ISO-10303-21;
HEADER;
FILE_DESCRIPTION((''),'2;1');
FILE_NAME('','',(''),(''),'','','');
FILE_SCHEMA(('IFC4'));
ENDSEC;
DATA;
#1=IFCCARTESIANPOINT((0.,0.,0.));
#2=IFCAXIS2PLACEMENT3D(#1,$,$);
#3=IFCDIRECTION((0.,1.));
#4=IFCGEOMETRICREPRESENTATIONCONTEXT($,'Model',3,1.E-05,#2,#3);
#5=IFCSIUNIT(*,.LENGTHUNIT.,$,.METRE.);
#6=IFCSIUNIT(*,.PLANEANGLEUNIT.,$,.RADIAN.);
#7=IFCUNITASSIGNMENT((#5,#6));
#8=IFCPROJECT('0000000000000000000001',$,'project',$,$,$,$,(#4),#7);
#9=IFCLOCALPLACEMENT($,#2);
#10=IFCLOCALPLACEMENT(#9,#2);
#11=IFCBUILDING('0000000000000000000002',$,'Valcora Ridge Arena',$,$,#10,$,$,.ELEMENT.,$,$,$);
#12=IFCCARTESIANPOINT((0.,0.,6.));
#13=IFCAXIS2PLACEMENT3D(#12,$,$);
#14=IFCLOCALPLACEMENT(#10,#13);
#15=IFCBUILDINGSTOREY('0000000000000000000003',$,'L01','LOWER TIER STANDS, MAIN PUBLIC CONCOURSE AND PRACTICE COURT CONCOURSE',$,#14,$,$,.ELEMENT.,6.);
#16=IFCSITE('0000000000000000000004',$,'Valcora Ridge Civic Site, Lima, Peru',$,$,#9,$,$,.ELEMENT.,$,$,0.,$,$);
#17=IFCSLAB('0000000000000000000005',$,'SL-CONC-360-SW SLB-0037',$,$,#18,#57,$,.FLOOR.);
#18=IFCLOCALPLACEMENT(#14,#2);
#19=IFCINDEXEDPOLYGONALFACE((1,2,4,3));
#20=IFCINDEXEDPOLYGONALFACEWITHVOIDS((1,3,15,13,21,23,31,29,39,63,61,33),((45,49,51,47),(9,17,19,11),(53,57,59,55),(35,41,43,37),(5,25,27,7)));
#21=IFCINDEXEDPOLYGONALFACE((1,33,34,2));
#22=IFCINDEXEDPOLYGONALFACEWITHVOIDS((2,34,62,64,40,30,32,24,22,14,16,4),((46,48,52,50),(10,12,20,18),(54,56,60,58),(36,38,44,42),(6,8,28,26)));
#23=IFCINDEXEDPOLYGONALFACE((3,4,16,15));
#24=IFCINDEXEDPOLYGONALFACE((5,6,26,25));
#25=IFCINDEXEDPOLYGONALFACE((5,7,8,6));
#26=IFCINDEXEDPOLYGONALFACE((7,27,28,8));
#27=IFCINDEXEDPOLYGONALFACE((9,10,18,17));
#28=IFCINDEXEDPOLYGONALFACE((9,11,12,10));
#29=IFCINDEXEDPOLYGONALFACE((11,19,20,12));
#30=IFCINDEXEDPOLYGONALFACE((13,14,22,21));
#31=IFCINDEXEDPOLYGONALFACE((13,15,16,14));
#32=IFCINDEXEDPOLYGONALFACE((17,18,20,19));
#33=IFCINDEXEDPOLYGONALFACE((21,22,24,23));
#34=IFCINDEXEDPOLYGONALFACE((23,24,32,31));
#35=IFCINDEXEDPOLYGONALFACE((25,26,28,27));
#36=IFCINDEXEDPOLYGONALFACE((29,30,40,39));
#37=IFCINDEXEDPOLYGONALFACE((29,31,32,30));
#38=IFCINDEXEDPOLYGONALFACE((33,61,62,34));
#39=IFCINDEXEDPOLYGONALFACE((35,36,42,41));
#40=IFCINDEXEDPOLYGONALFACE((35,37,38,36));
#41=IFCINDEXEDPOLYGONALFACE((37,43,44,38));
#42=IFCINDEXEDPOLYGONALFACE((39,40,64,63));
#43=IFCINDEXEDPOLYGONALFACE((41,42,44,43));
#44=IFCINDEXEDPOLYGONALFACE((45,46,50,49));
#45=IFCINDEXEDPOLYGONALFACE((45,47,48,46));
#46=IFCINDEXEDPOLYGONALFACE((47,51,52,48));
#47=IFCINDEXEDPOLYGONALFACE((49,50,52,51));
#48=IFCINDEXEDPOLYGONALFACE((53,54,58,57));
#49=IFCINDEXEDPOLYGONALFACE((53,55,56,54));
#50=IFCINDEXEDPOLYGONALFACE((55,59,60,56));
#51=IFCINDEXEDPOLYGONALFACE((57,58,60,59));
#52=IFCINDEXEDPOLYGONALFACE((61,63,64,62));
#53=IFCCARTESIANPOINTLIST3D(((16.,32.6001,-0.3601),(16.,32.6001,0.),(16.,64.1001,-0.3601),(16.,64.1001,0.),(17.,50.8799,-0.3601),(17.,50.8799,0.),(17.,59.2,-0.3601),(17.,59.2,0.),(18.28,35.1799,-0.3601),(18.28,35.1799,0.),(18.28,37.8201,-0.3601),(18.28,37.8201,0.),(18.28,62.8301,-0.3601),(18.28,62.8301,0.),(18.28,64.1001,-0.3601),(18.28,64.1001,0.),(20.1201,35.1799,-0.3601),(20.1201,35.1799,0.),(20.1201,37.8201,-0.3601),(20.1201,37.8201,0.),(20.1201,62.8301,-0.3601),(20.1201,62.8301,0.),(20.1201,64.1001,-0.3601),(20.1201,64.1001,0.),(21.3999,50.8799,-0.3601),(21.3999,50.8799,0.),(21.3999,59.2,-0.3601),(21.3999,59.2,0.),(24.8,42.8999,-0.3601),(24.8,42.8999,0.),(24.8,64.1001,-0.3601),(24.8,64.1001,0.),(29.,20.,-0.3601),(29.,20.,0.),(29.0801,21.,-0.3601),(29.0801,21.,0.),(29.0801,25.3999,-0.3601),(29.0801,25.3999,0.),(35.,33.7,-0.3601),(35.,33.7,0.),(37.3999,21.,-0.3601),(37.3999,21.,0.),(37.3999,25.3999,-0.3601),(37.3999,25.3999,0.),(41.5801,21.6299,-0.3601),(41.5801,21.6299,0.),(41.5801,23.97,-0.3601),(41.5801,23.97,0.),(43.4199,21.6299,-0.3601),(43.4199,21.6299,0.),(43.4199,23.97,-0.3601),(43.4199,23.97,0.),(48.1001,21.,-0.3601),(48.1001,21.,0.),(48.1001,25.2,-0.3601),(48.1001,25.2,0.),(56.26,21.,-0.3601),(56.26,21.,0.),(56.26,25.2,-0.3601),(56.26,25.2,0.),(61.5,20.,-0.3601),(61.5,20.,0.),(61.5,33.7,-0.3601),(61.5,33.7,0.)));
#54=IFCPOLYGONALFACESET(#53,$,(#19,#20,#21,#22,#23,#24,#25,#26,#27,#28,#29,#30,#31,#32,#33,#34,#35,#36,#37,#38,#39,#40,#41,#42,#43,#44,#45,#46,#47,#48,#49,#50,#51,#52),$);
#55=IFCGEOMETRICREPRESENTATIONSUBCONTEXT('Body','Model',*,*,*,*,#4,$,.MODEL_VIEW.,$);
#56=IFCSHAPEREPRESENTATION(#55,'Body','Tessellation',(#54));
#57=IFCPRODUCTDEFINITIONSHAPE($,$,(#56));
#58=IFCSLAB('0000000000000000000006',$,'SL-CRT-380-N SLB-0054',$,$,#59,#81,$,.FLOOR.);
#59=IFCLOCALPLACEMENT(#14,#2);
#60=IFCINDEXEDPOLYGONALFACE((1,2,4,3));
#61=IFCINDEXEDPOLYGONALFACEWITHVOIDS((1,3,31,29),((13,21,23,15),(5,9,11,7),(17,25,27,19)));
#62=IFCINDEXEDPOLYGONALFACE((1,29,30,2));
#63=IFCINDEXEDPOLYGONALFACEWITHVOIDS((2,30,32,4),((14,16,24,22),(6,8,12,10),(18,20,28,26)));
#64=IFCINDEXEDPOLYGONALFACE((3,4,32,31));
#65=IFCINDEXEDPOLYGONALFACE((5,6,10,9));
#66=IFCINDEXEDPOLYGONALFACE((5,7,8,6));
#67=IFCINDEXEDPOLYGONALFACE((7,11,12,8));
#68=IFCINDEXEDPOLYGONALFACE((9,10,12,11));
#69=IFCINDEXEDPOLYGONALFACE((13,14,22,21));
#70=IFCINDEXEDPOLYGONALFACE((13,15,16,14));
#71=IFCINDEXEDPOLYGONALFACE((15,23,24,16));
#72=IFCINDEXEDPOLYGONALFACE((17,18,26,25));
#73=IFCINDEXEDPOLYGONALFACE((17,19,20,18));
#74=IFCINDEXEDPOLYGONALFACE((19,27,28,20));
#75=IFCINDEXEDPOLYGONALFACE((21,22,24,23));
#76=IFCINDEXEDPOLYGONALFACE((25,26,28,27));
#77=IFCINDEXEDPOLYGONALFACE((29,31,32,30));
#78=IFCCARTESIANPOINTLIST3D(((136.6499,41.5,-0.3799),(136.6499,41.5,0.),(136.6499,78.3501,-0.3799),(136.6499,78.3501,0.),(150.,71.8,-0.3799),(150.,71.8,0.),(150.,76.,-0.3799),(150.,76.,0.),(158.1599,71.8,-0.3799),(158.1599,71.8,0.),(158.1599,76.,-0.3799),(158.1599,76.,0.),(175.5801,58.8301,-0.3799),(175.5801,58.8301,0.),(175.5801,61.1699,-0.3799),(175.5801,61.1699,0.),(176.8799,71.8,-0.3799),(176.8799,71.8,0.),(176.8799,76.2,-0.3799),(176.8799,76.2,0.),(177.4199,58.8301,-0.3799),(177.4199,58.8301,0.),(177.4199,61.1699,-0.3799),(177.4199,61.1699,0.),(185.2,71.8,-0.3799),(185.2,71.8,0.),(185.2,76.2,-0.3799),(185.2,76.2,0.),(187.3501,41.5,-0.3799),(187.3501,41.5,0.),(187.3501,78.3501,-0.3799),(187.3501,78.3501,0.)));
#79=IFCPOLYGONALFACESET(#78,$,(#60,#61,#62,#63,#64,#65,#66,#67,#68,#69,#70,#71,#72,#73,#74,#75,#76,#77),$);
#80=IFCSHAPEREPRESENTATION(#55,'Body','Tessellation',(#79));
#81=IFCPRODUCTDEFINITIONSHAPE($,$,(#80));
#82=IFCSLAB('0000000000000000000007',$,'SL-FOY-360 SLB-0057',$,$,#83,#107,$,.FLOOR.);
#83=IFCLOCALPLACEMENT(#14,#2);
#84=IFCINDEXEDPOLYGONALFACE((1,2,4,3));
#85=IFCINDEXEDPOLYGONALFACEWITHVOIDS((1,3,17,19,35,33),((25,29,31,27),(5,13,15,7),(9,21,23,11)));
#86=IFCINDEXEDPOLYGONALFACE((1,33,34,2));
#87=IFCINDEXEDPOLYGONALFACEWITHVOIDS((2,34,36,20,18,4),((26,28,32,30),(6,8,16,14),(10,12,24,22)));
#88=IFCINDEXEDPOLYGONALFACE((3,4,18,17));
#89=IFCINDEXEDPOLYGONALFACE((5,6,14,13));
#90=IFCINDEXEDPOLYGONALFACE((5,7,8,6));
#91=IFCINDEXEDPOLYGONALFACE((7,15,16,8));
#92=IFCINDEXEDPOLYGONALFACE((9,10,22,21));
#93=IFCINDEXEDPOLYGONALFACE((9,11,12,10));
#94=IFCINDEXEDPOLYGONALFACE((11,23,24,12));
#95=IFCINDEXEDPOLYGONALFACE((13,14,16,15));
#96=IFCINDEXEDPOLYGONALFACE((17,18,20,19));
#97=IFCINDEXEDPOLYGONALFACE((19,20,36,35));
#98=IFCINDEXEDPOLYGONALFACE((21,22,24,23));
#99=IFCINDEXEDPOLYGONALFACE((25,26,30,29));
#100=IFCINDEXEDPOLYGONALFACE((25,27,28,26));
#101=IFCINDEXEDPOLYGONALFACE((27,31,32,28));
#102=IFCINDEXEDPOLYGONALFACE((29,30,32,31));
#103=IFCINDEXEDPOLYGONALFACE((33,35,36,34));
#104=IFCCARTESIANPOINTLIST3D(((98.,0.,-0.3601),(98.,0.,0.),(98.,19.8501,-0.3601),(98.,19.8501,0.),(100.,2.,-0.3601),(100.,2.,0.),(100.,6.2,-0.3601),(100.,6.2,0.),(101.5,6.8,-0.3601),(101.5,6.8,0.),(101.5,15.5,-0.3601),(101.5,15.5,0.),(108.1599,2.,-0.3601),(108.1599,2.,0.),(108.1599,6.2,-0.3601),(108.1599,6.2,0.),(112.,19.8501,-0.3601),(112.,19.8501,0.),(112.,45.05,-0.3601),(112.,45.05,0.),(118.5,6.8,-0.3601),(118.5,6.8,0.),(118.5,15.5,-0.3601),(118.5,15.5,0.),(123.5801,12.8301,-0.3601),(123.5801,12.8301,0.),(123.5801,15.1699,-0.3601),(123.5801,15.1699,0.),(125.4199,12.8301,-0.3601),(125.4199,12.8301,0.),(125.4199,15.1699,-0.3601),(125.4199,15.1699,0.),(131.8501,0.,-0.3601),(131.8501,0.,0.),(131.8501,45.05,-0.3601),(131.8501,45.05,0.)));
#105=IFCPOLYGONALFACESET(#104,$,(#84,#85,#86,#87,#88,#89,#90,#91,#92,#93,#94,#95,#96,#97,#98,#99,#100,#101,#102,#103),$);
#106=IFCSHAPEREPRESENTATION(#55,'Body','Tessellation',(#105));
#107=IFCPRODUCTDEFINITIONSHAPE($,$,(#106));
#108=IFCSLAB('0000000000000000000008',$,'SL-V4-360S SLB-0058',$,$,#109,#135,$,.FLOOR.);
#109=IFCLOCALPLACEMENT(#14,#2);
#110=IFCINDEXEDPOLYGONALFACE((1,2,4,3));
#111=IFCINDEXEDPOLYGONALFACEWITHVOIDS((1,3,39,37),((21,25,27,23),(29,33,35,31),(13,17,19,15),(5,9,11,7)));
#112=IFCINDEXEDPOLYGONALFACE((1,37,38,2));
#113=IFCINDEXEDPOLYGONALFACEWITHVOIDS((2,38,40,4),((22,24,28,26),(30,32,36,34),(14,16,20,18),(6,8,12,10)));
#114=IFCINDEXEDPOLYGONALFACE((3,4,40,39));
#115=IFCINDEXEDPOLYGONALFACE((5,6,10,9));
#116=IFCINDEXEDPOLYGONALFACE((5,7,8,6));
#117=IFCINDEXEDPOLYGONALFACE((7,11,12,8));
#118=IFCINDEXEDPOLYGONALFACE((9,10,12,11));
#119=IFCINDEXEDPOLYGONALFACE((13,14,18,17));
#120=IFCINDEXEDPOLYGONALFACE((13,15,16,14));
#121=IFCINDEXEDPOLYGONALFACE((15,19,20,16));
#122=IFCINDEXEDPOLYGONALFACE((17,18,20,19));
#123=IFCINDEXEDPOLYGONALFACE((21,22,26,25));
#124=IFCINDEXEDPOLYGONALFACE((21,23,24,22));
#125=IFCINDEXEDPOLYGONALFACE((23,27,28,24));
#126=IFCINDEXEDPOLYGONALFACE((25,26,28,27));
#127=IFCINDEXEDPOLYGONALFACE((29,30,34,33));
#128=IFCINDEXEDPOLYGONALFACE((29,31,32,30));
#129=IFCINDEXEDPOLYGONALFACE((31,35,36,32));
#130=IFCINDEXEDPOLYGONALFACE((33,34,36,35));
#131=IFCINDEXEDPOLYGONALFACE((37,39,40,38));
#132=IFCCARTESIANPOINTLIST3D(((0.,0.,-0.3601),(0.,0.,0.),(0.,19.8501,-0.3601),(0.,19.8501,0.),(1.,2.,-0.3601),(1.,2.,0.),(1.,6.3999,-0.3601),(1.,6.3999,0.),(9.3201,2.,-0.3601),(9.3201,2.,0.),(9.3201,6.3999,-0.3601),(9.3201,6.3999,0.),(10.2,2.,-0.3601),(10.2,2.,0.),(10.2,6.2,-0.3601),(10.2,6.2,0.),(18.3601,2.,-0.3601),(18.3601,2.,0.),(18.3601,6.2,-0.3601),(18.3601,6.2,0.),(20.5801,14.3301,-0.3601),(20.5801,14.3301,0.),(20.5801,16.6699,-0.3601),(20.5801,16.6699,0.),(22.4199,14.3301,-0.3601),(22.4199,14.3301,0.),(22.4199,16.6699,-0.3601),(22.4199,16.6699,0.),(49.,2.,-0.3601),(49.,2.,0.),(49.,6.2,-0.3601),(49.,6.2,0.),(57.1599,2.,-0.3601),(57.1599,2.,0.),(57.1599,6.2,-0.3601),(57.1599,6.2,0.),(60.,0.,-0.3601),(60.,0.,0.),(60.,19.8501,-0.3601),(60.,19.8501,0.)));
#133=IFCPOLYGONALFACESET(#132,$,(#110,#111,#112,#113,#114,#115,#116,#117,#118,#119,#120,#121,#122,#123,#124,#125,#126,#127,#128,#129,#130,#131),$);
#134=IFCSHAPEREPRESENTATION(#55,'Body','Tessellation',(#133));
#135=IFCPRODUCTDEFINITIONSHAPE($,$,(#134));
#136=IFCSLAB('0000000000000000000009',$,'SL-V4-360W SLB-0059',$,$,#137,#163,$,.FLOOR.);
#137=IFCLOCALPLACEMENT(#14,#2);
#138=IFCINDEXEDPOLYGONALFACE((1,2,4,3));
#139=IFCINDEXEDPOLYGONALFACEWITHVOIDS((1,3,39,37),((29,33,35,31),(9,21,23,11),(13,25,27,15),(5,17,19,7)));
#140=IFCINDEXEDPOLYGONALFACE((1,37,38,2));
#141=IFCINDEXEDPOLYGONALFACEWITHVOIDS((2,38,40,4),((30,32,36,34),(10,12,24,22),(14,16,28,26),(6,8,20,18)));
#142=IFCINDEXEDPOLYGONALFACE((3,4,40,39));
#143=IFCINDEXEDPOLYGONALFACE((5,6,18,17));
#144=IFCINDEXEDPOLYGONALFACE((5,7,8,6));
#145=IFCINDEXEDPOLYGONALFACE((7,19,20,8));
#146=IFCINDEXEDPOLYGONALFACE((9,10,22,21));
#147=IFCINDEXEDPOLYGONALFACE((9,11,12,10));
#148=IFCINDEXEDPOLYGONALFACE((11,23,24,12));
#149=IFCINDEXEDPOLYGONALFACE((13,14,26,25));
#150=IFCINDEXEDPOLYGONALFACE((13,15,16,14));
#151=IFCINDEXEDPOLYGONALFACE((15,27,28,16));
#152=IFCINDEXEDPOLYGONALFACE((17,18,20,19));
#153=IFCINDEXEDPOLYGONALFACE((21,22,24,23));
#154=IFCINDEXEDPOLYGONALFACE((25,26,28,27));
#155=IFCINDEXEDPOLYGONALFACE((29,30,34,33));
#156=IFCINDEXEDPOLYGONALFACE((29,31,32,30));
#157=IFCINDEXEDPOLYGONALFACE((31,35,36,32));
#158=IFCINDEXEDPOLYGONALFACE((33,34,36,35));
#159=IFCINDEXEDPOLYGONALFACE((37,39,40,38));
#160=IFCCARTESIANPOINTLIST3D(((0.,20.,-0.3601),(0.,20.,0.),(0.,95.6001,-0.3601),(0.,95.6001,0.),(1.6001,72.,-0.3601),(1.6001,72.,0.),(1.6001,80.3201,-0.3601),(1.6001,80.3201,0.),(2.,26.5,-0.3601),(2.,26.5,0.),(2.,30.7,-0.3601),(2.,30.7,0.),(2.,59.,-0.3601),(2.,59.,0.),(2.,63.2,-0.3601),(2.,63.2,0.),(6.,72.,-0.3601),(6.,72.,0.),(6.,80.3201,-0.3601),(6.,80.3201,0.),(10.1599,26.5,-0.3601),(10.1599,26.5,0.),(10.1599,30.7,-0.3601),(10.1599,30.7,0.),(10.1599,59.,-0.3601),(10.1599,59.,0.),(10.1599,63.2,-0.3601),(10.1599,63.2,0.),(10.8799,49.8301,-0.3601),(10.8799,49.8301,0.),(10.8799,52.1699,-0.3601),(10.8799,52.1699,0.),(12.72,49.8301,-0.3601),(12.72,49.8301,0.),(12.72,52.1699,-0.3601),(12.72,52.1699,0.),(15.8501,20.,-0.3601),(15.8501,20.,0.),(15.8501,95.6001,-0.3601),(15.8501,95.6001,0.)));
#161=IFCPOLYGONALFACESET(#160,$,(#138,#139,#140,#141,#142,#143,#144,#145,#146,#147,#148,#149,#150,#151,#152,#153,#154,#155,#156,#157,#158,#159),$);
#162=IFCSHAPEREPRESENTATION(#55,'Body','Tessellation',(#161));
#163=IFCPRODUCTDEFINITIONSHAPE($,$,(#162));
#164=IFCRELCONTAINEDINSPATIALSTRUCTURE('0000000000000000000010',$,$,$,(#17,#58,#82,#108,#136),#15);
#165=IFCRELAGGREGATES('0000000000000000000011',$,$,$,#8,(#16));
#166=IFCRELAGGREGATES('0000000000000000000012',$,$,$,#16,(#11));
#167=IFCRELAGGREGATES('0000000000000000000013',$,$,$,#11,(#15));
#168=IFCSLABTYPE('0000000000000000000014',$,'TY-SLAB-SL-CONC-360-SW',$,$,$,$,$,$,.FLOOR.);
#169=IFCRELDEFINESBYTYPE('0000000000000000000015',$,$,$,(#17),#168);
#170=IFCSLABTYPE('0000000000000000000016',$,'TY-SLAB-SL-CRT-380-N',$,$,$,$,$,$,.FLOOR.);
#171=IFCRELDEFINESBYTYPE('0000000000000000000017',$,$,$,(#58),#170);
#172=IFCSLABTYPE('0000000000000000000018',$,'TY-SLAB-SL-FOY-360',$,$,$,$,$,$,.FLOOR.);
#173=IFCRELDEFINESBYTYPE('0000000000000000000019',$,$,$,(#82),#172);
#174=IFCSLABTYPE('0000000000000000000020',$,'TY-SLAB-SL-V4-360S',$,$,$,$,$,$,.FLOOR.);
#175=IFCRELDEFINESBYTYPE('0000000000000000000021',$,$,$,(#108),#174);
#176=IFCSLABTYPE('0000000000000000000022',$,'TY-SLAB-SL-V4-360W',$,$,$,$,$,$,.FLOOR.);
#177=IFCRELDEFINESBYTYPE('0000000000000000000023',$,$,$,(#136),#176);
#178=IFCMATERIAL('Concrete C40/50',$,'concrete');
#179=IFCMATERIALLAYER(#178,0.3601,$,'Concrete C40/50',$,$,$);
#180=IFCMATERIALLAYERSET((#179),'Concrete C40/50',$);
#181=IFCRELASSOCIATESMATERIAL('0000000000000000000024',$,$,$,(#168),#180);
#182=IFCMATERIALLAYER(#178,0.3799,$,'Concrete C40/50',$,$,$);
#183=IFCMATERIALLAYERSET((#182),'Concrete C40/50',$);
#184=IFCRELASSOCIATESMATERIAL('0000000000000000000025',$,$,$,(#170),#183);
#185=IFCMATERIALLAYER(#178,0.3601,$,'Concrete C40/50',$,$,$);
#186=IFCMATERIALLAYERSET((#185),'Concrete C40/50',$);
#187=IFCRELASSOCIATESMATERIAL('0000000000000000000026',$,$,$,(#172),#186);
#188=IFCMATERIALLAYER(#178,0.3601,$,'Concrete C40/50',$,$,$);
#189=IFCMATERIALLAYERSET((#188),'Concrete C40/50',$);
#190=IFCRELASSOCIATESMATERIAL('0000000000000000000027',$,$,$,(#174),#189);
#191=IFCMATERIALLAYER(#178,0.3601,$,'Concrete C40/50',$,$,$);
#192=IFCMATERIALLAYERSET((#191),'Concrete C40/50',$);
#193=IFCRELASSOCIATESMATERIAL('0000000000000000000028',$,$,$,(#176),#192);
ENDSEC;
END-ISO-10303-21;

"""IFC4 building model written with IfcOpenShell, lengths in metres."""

from ifc_helpers import new_model, si_unit, direction, frame, origin, place, context, subcontext, project, spatial, polyline, outline, extrude, material, layer, layer_set, type_object, element, save


model = new_model("IFC4")

# Units and contexts
model_context = context("Model", 3, precision=1e-05, world=origin(), true_north=direction((0.0, 1.0)))
body_context = subcontext(model_context, "Body", "Model", "MODEL_VIEW")
ifc_project = project(units=[si_unit("LENGTHUNIT", "METRE"), si_unit("PLANEANGLEUNIT", "RADIAN")], contexts=[model_context])

# Site, building, storey
site_placement = place(None, origin())
site = spatial("IfcSite", under=ifc_project, at=site_placement, Name="Valcora Ridge Civic Site, Lima, Peru", CompositionType="ELEMENT", RefElevation=0.0)
building_placement = place(site_placement, origin())
building = spatial("IfcBuilding", under=site, at=building_placement, Name="Valcora Ridge Arena", CompositionType="ELEMENT")
storey_placement = place(building_placement, frame((0.0, 0.0, 6.0)))
storey = spatial("IfcBuildingStorey", under=building, at=storey_placement, Name="L01", Description="LOWER TIER STANDS, MAIN PUBLIC CONCOURSE AND PRACTICE COURT CONCOURSE", CompositionType="ELEMENT", Elevation=6.0)

# Slabs
ifc_material_1 = material(Name="Concrete C40/50", Category="concrete")
ifc_layer_1 = layer(ifc_material_1, 0.3601, Name="Concrete C40/50")
ifc_layer_set_1 = layer_set([ifc_layer_1], Name="Concrete C40/50")
slab_type_1 = type_object("IfcSlabType", Name="TY-SLAB-SL-CONC-360-SW", PredefinedType="FLOOR", material=ifc_layer_set_1)
slab_1_placement = place(storey_placement, frame((0.0, 0.0, -0.3601)))
element("IfcSlab", 1, at=slab_1_placement, inside=storey, type_object=slab_type_1, Name="SL-CONC-360-SW SLB-0037", PredefinedType="FLOOR", context=body_context, shape_type="SweptSolid", body=[
    extrude(outline(polyline([(16.0, 64.1001), (16.0, 32.6001), (29.0, 20.0), (61.5, 20.0), (61.5, 33.7), (35.0, 33.7), (24.8, 42.8999), (24.8, 64.1001), (20.1201, 64.1001), (20.1201, 62.8301), (18.28, 62.8301), (18.28, 64.1001), (16.0, 64.1001)]), holes=[polyline([(48.1001, 21.0), (56.26, 21.0), (56.26, 25.2), (48.1001, 25.2), (48.1001, 21.0)]), polyline([(29.0801, 25.3999), (29.0801, 21.0), (37.3999, 21.0), (37.3999, 25.3999), (29.0801, 25.3999)]), polyline([(17.0, 50.8799), (21.3999, 50.8799), (21.3999, 59.2), (17.0, 59.2), (17.0, 50.8799)]), polyline([(43.4199, 23.97), (41.5801, 23.97), (41.5801, 21.6299), (43.4199, 21.6299), (43.4199, 23.97)]), polyline([(20.1201, 37.8201), (18.28, 37.8201), (18.28, 35.1799), (20.1201, 35.1799), (20.1201, 37.8201)])]), origin(), (0.0, 0.0, 1.0), 0.3601),
])
ifc_layer_2 = layer(ifc_material_1, 0.3799, Name="Concrete C40/50")
ifc_layer_set_2 = layer_set([ifc_layer_2], Name="Concrete C40/50")
slab_type_2 = type_object("IfcSlabType", Name="TY-SLAB-SL-CRT-380-N", PredefinedType="FLOOR", material=ifc_layer_set_2)
slab_2_placement = place(storey_placement, frame((0.0, 0.0, -0.3799)))
element("IfcSlab", 2, at=slab_2_placement, inside=storey, type_object=slab_type_2, Name="SL-CRT-380-N SLB-0054", PredefinedType="FLOOR", context=body_context, shape_type="SweptSolid", body=[
    extrude(outline(polyline([(187.3501, 78.3501), (136.6499, 78.3501), (136.6499, 41.5), (187.3501, 41.5), (187.3501, 78.3501)]), holes=[polyline([(158.1599, 76.0), (150.0, 76.0), (150.0, 71.8), (158.1599, 71.8), (158.1599, 76.0)]), polyline([(176.8799, 76.2), (176.8799, 71.8), (185.2, 71.8), (185.2, 76.2), (176.8799, 76.2)]), polyline([(177.4199, 61.1699), (175.5801, 61.1699), (175.5801, 58.8301), (177.4199, 58.8301), (177.4199, 61.1699)])]), origin(), (0.0, 0.0, 1.0), 0.3799),
])
ifc_layer_3 = layer(ifc_material_1, 0.3601, Name="Concrete C40/50")
ifc_layer_set_3 = layer_set([ifc_layer_3], Name="Concrete C40/50")
slab_type_3 = type_object("IfcSlabType", Name="TY-SLAB-SL-FOY-360", PredefinedType="FLOOR", material=ifc_layer_set_3)
slab_3_placement = place(storey_placement, frame((0.0, 0.0, -0.3601)))
element("IfcSlab", 3, at=slab_3_placement, inside=storey, type_object=slab_type_3, Name="SL-FOY-360 SLB-0057", PredefinedType="FLOOR", context=body_context, shape_type="SweptSolid", body=[
    extrude(outline(polyline([(98.0, 19.8501), (98.0, 0.0), (131.8501, 0.0), (131.8501, 45.05), (112.0, 45.05), (112.0, 19.8501), (98.0, 19.8501)]), holes=[polyline([(108.1599, 6.2), (100.0, 6.2), (100.0, 2.0), (108.1599, 2.0), (108.1599, 6.2)]), polyline([(101.5, 15.5), (101.5, 6.8), (118.5, 6.8), (118.5, 15.5), (101.5, 15.5)]), polyline([(123.5801, 15.1699), (123.5801, 12.8301), (125.4199, 12.8301), (125.4199, 15.1699), (123.5801, 15.1699)])]), origin(), (0.0, 0.0, 1.0), 0.3601),
])
ifc_layer_4 = layer(ifc_material_1, 0.3601, Name="Concrete C40/50")
ifc_layer_set_4 = layer_set([ifc_layer_4], Name="Concrete C40/50")
slab_type_4 = type_object("IfcSlabType", Name="TY-SLAB-SL-V4-360S", PredefinedType="FLOOR", material=ifc_layer_set_4)
slab_4_placement = place(storey_placement, frame((0.0, 0.0, -0.3601)))
element("IfcSlab", 4, at=slab_4_placement, inside=storey, type_object=slab_type_4, Name="SL-V4-360S SLB-0058", PredefinedType="FLOOR", context=body_context, shape_type="SweptSolid", body=[
    extrude(outline(polyline([(0.0, 0.0), (60.0, 0.0), (60.0, 19.8501), (0.0, 19.8501), (0.0, 0.0)]), holes=[polyline([(10.2, 6.2), (10.2, 2.0), (18.3601, 2.0), (18.3601, 6.2), (10.2, 6.2)]), polyline([(57.1599, 6.2), (49.0, 6.2), (49.0, 2.0), (57.1599, 2.0), (57.1599, 6.2)]), polyline([(9.3201, 6.3999), (1.0, 6.3999), (1.0, 2.0), (9.3201, 2.0), (9.3201, 6.3999)]), polyline([(20.5801, 16.6699), (20.5801, 14.3301), (22.4199, 14.3301), (22.4199, 16.6699), (20.5801, 16.6699)])]), origin(), (0.0, 0.0, 1.0), 0.3601),
])
ifc_layer_5 = layer(ifc_material_1, 0.3601, Name="Concrete C40/50")
ifc_layer_set_5 = layer_set([ifc_layer_5], Name="Concrete C40/50")
slab_type_5 = type_object("IfcSlabType", Name="TY-SLAB-SL-V4-360W", PredefinedType="FLOOR", material=ifc_layer_set_5)
slab_5_placement = place(storey_placement, frame((0.0, 0.0, -0.3601)))
element("IfcSlab", 5, at=slab_5_placement, inside=storey, type_object=slab_type_5, Name="SL-V4-360W SLB-0059", PredefinedType="FLOOR", context=body_context, shape_type="SweptSolid", body=[
    extrude(outline(polyline([(0.0, 20.0), (15.8501, 20.0), (15.8501, 95.6001), (0.0, 95.6001), (0.0, 20.0)]), holes=[polyline([(10.1599, 30.7), (2.0, 30.7), (2.0, 26.5), (10.1599, 26.5), (10.1599, 30.7)]), polyline([(10.1599, 63.2), (2.0, 63.2), (2.0, 59.0), (10.1599, 59.0), (10.1599, 63.2)]), polyline([(6.0, 80.3201), (1.6001, 80.3201), (1.6001, 72.0), (6.0, 72.0), (6.0, 80.3201)]), polyline([(12.72, 52.1699), (10.8799, 52.1699), (10.8799, 49.8301), (12.72, 49.8301), (12.72, 52.1699)])]), origin(), (0.0, 0.0, 1.0), 0.3601),
])

save(model, "model.ifc")
